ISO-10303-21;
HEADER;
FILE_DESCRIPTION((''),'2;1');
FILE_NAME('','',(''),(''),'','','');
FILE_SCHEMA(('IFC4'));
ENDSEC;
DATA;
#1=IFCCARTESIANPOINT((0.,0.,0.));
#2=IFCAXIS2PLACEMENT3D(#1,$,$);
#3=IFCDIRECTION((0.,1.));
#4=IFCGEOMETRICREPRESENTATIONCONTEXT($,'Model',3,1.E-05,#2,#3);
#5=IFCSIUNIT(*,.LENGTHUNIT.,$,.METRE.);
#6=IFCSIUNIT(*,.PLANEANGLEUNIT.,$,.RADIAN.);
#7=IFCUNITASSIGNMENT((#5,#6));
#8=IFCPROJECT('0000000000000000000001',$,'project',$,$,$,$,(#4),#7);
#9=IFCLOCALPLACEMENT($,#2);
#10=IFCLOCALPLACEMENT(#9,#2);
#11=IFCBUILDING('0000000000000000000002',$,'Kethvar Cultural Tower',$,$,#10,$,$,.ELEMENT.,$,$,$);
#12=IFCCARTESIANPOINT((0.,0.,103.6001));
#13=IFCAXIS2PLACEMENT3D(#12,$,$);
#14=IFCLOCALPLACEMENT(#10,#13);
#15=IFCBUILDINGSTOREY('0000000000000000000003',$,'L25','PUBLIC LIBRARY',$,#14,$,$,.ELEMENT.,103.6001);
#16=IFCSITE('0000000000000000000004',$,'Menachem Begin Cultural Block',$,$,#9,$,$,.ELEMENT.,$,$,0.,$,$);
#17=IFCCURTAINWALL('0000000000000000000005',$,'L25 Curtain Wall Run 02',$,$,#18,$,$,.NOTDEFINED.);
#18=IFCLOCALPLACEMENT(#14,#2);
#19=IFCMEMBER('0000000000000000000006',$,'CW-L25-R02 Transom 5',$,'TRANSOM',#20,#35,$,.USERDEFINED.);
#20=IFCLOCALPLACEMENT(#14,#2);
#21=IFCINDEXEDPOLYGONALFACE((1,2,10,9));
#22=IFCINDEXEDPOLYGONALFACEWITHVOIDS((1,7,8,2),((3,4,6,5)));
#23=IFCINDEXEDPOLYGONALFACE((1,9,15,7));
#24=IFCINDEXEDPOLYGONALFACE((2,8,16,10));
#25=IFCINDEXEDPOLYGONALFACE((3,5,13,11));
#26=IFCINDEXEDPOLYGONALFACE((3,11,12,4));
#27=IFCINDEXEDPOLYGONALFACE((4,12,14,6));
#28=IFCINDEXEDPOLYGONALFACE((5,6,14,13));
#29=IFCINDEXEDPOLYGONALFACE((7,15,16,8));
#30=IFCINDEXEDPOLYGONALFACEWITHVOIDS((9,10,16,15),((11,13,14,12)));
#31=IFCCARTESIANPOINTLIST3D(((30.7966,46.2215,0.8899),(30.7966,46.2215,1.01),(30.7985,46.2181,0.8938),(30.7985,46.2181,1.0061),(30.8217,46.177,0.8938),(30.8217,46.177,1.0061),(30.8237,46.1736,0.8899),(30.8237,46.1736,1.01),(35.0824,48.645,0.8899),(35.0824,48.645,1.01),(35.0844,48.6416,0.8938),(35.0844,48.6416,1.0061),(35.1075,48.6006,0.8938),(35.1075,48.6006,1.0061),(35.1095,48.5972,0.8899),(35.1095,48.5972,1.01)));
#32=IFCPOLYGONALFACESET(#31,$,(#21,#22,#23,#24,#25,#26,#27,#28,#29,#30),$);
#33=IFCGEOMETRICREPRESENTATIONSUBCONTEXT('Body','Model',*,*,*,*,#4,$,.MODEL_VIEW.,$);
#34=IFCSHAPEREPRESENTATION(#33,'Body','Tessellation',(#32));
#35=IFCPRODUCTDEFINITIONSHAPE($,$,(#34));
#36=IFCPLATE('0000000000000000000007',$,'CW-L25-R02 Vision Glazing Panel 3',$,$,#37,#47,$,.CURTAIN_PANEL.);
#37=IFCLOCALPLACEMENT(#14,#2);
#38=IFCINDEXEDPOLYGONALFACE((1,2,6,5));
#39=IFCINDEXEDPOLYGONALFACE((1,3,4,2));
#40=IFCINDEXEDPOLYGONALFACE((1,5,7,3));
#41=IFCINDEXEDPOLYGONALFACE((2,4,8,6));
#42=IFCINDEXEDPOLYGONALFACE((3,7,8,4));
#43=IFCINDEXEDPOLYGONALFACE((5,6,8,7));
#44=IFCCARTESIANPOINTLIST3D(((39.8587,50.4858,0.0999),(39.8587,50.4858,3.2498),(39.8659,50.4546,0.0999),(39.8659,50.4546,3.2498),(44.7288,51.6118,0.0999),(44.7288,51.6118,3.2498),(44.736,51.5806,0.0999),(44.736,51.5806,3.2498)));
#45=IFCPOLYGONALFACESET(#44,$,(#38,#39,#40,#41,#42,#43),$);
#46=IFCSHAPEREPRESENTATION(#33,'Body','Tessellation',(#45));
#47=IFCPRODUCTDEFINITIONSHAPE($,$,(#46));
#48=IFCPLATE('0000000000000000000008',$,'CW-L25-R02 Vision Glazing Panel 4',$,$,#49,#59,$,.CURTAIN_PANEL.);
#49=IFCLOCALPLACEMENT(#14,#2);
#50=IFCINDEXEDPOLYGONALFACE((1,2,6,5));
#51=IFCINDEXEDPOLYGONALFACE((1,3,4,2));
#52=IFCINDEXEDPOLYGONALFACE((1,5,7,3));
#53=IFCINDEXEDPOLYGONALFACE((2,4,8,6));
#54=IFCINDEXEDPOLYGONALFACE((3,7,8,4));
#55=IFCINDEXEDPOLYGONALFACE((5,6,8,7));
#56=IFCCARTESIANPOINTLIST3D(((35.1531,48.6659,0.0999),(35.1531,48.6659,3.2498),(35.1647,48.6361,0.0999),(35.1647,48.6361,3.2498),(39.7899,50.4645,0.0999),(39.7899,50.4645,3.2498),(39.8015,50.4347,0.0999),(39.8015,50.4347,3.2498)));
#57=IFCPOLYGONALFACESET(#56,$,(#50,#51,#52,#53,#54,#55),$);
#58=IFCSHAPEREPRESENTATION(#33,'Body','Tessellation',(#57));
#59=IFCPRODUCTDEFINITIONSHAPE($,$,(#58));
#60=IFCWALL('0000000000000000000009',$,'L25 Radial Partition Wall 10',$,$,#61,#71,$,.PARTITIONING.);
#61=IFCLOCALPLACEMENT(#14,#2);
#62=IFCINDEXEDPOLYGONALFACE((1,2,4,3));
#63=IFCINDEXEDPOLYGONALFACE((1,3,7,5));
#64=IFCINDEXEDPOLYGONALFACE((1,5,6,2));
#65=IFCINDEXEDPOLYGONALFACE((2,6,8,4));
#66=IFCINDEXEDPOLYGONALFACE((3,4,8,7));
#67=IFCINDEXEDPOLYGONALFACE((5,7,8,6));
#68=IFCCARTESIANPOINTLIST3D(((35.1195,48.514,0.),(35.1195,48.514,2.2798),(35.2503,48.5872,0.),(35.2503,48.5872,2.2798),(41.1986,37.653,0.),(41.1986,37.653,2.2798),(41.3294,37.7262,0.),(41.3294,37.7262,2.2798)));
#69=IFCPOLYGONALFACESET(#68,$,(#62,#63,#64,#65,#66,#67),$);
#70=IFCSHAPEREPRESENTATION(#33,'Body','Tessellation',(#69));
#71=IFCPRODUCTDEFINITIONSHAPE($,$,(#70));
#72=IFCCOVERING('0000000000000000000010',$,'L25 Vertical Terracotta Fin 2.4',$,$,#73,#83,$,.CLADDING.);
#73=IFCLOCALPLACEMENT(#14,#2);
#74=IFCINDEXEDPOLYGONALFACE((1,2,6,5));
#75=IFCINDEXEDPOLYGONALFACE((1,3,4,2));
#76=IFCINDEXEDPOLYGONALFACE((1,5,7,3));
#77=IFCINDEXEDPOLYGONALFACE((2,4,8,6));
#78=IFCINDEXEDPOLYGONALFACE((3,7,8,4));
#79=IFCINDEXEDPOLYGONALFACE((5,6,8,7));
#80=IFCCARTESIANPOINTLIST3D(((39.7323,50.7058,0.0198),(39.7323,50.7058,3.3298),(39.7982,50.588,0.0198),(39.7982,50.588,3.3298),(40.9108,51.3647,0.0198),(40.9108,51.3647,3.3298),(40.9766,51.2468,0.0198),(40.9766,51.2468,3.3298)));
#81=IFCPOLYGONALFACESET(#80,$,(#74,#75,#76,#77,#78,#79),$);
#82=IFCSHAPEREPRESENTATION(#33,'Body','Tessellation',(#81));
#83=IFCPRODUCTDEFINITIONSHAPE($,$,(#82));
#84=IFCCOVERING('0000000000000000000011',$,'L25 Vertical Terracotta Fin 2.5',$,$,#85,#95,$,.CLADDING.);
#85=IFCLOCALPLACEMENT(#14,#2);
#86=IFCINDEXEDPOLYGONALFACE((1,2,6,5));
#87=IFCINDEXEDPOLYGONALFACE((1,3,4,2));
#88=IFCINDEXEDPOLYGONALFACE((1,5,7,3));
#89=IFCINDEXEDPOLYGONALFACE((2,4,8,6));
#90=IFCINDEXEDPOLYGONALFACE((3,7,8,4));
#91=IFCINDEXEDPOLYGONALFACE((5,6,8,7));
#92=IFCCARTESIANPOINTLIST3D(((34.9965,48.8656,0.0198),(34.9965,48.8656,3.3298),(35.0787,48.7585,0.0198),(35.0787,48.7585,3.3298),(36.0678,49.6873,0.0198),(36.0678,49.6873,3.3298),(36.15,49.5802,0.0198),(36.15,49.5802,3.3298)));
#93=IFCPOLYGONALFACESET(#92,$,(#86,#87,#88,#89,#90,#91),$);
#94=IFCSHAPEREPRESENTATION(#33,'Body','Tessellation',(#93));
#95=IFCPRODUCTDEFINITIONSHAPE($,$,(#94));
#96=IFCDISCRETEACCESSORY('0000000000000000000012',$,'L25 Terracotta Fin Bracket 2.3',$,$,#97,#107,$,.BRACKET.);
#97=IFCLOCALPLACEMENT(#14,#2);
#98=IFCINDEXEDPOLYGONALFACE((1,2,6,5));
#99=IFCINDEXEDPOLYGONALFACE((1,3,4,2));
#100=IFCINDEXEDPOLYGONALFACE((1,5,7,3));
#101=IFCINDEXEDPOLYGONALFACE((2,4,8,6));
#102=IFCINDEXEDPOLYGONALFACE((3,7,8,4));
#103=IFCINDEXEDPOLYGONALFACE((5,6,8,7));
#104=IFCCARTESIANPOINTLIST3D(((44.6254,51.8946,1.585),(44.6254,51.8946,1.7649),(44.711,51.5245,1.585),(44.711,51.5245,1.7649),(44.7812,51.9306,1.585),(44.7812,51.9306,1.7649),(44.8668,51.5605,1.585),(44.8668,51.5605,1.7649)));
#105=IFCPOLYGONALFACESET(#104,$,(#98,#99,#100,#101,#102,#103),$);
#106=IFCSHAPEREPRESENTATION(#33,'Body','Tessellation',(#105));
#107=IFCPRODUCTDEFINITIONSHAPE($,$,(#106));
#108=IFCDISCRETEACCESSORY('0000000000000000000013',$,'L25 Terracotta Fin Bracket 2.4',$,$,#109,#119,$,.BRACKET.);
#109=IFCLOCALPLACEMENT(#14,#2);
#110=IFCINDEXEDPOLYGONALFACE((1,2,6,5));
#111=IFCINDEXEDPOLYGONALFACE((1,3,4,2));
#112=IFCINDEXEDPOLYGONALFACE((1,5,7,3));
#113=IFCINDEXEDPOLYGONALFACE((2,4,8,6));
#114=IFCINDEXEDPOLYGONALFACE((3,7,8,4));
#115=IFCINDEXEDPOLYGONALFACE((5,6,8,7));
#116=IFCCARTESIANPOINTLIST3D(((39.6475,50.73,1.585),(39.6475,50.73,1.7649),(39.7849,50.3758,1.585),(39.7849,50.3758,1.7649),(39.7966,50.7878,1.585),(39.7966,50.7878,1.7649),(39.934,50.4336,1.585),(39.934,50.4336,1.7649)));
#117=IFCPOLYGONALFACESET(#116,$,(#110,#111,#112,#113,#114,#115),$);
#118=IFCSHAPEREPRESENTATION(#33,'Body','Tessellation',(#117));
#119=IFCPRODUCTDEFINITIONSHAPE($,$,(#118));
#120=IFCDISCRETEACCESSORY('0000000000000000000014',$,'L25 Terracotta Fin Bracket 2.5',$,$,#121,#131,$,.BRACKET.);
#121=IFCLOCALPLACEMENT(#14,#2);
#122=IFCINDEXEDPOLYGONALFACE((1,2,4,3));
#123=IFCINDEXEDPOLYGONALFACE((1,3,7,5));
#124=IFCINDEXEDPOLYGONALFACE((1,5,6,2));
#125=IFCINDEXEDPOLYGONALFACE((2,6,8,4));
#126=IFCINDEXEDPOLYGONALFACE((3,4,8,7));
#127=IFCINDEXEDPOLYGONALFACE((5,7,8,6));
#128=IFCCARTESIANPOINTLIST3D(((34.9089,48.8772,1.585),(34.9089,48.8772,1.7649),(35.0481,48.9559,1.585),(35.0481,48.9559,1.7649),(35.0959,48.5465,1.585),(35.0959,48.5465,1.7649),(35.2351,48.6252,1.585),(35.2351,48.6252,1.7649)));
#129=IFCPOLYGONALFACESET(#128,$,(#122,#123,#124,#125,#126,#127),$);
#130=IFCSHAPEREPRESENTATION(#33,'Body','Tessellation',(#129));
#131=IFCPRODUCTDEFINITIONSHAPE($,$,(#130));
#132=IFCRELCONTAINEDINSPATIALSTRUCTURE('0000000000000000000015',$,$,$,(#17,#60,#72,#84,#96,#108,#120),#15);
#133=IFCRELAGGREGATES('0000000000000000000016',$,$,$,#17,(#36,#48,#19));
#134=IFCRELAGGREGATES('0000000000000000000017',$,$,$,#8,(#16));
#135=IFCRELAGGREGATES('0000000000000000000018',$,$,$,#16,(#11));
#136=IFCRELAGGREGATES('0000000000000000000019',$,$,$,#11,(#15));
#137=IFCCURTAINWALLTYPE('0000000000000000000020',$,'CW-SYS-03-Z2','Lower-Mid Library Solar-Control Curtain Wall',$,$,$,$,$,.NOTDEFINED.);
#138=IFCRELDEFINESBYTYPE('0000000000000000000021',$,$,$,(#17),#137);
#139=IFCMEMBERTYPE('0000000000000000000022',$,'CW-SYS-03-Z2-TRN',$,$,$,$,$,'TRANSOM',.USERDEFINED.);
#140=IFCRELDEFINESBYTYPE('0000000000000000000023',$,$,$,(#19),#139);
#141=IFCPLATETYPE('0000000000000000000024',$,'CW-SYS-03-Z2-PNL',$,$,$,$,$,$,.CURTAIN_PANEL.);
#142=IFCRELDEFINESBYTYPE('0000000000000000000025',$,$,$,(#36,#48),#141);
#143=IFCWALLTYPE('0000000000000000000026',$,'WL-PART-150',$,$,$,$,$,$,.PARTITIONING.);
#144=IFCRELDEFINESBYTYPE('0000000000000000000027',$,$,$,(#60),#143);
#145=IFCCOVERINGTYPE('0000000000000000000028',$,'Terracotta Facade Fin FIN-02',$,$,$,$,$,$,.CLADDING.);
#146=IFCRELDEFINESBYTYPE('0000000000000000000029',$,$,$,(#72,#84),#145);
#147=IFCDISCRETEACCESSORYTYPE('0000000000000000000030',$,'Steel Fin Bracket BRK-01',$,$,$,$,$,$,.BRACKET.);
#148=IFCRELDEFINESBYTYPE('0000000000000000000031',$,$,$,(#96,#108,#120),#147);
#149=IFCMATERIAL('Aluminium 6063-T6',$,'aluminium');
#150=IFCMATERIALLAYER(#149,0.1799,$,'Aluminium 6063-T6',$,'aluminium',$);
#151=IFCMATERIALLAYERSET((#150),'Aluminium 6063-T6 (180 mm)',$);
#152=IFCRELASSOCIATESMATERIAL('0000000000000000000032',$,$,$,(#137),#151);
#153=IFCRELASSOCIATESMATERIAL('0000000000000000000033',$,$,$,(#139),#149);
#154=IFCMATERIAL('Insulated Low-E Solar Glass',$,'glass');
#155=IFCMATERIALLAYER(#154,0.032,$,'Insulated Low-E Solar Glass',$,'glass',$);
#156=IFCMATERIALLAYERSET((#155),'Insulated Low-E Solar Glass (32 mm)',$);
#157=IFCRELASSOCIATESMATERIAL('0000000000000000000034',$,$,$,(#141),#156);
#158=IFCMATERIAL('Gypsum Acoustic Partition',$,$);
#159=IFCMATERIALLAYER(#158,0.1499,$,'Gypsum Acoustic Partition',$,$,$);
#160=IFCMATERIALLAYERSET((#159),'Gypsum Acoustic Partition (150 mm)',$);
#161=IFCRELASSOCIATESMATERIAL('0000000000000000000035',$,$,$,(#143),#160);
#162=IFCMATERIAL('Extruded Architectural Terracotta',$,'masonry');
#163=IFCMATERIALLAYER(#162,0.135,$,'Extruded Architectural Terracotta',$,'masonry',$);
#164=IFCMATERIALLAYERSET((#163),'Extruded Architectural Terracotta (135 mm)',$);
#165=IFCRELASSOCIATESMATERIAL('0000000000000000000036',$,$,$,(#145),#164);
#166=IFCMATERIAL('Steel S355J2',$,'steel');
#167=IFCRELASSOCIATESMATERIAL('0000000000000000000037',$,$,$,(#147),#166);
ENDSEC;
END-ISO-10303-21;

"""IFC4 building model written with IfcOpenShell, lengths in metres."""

from ifc_helpers import new_model, si_unit, direction, frame, frame_2d, origin, origin_2d, place, context, subcontext, project, spatial, rectangle, hollow_rectangle, extrude, source, transform, mapped, material, layer, layer_set, material_profile, profile_set, type_object, element, aggregate, save


model = new_model("IFC4")

# Units and contexts
model_context = context("Model", 3, precision=1e-05, world=origin(), true_north=direction((0.0, 1.0)))
body_context = subcontext(model_context, "Body", "Model", "MODEL_VIEW")
ifc_project = project(units=[si_unit("LENGTHUNIT", "METRE"), si_unit("PLANEANGLEUNIT", "RADIAN")], contexts=[model_context])

# Site, building, storey
site_placement = place(None, origin())
site = spatial("IfcSite", under=ifc_project, at=site_placement, Name="Menachem Begin Cultural Block", CompositionType="ELEMENT", RefElevation=0.0)
building_placement = place(site_placement, origin())
building = spatial("IfcBuilding", under=site, at=building_placement, Name="Kethvar Cultural Tower", CompositionType="ELEMENT")
storey_placement = place(building_placement, frame((0.0, 0.0, 103.6001)))
storey = spatial("IfcBuildingStorey", under=building, at=storey_placement, Name="L25", Description="PUBLIC LIBRARY", CompositionType="ELEMENT", Elevation=103.6001)

# Shared definitions
ifc_material_1 = material(Name="Steel S355J2", Category="steel")

# Curtain wall, member, plates
ifc_material_2 = material(Name="Aluminium 6063-T6", Category="aluminium")
ifc_layer_1 = layer(ifc_material_2, 0.1799, Name="Aluminium 6063-T6", Category="aluminium")
ifc_layer_set_1 = layer_set([ifc_layer_1], Name="Aluminium 6063-T6 (180 mm)")
curtain_wall_type = type_object("IfcCurtainWallType", Name="CW-SYS-03-Z2", Description="Lower-Mid Library Solar-Control Curtain Wall", PredefinedType="NOTDEFINED", material=ifc_layer_set_1)
curtain_wall_placement = place(storey_placement, origin())
curtain_wall = element("IfcCurtainWall", 1, at=curtain_wall_placement, inside=storey, type_object=curtain_wall_type, Name="L25 Curtain Wall Run 02", PredefinedType="NOTDEFINED")
ifc_material_profile_1 = material_profile(ifc_material_2, hollow_rectangle(XDim=0.0549, YDim=0.1201, WallThickness=0.0039, at=origin_2d()), Name="Aluminium 6063-T6 — RHS120x55x4")
ifc_profile_set_1 = profile_set([ifc_material_profile_1], Name="Aluminium 6063-T6 — RHS120x55x4")
member_type_1 = type_object("IfcMemberType", Name="CW-SYS-03-Z2-TRN", ElementType="TRANSOM", PredefinedType="USERDEFINED", material=ifc_profile_set_1)
shared_shape_1 = source(origin(), body_context, "Body", "SweptSolid", [
    extrude(hollow_rectangle(XDim=0.0549, YDim=0.1201, WallThickness=0.0039, at=origin_2d()), origin(), (0.0, 0.0, 1.0), 4.9236),
])
member_1_placement = place(storey_placement, frame((35.0959, 48.6211, 0.95), z_axis=(-0.870465, -0.49223, 0.0), x_axis=(0.49223, -0.870465, 0.0)))
member_1 = element("IfcMember", 2, at=member_1_placement, type_object=member_type_1, Name="CW-L25-R02 Transom 5", ObjectType="TRANSOM", PredefinedType="USERDEFINED", context=body_context, shape_type="MappedRepresentation", body=[
    mapped(shared_shape_1, transform((0.0, 0.0, 0.0), scale=1.0)),
])
ifc_material_3 = material(Name="Insulated Low-E Solar Glass", Category="glass")
ifc_layer_2 = layer(ifc_material_3, 0.032, Name="Insulated Low-E Solar Glass", Category="glass")
ifc_layer_set_2 = layer_set([ifc_layer_2], Name="Insulated Low-E Solar Glass (32 mm)")
plate_type = type_object("IfcPlateType", Name="CW-SYS-03-Z2-PNL", PredefinedType="CURTAIN_PANEL", material=ifc_layer_set_2)
shared_shape_2 = source(origin(), body_context, "Body", "SweptSolid", [
    extrude(rectangle(XDim=4.9985, YDim=0.032, at=origin_2d()), origin(), (0.0, 0.0, 1.0), 3.1499),
])
plate_1_placement = place(storey_placement, frame((42.2974, 51.0332, 0.0999), z_axis=(0.0, 0.0, 1.0), x_axis=(-0.974299, -0.225257, 0.0)))
plate_1 = element("IfcPlate", 3, at=plate_1_placement, type_object=plate_type, Name="CW-L25-R02 Vision Glazing Panel 3", PredefinedType="CURTAIN_PANEL", context=body_context, shape_type="MappedRepresentation", body=[
    mapped(shared_shape_2, transform((0.0, 0.0, 0.0), scale=1.0)),
])
shared_shape_3 = source(origin(), body_context, "Body", "SweptSolid", [
    extrude(rectangle(XDim=4.9734, YDim=0.032, at=origin_2d()), origin(), (0.0, 0.0, 1.0), 3.1499),
])
plate_2_placement = place(storey_placement, frame((37.4773, 49.5503, 0.0999), z_axis=(0.0, 0.0, 1.0), x_axis=(-0.932311, -0.361657, 0.0)))
plate_2 = element("IfcPlate", 4, at=plate_2_placement, type_object=plate_type, Name="CW-L25-R02 Vision Glazing Panel 4", PredefinedType="CURTAIN_PANEL", context=body_context, shape_type="MappedRepresentation", body=[
    mapped(shared_shape_3, transform((0.0, 0.0, 0.0), scale=1.0)),
])
aggregate(curtain_wall, [plate_1, plate_2, member_1])

# Wall
ifc_material_4 = material(Name="Gypsum Acoustic Partition")
ifc_layer_3 = layer(ifc_material_4, 0.1499, Name="Gypsum Acoustic Partition")
ifc_layer_set_3 = layer_set([ifc_layer_3], Name="Gypsum Acoustic Partition (150 mm)")
wall_type = type_object("IfcWallType", Name="WL-PART-150", PredefinedType="PARTITIONING", material=ifc_layer_set_3)
wall_placement = place(storey_placement, frame((41.2639, 37.6897, 0.0), z_axis=(0.0, 0.0, 1.0), x_axis=(-0.488413, 0.872612, 0.0)))
element("IfcWall", 5, at=wall_placement, inside=storey, type_object=wall_type, Name="L25 Radial Partition Wall 10", PredefinedType="PARTITIONING", context=body_context, shape_type="SweptSolid", body=[
    extrude(rectangle(XDim=12.4465, YDim=0.1499, at=frame_2d((6.2231, 0.0))), origin(), (0.0, 0.0, 1.0), 2.2798),
])

# Coverings
ifc_material_5 = material(Name="Extruded Architectural Terracotta", Category="masonry")
ifc_layer_4 = layer(ifc_material_5, 0.135, Name="Extruded Architectural Terracotta", Category="masonry")
ifc_layer_set_4 = layer_set([ifc_layer_4], Name="Extruded Architectural Terracotta (135 mm)")
covering_type = type_object("IfcCoveringType", Name="Terracotta Facade Fin FIN-02", PredefinedType="CLADDING", material=ifc_layer_set_4)
shared_shape_4 = source(origin(), body_context, "Body", "SweptSolid", [
    extrude(rectangle(XDim=1.3501, YDim=0.135, at=origin_2d()), origin(), (0.0, 0.0, 1.0), 3.3101),
])
for number, where, z_axis, x_axis, name in (
    (6, (40.3545, 50.9763, 0.0198), (0.0, 0.0, 1.0), (0.872837, 0.488012, 0.0), "L25 Vertical Terracotta Fin 2.4"),
    (7, (35.5732, 49.2229, 0.0198), (0.0, 0.0, 1.0), (0.79346, 0.608623, 0.0), "L25 Vertical Terracotta Fin 2.5"),
):
    element("IfcCovering", number, at=place(storey_placement, frame(where, z_axis=z_axis, x_axis=x_axis)), inside=storey, type_object=covering_type, Name=name, PredefinedType="CLADDING", context=body_context, shape_type="MappedRepresentation", body=[
        mapped(shared_shape_4, transform((0.0, 0.0, 0.0), scale=1.0)),
    ])

# Discrete accessories
discrete_accessory_type = type_object("IfcDiscreteAccessoryType", Name="Steel Fin Bracket BRK-01", PredefinedType="BRACKET", material=ifc_material_1)
shared_shape_5 = source(origin(), body_context, "Body", "SweptSolid", [
    extrude(rectangle(XDim=0.3799, YDim=0.1599, at=origin_2d()), origin(), (0.0, 0.0, 1.0), 0.1799),
])
for number, where, z_axis, x_axis, name in (
    (8, (44.7461, 51.7275, 1.585), (0.0, 0.0, 1.0), (-0.225291, 0.974291, 0.0), "L25 Terracotta Fin Bracket 2.3"),
    (9, (39.7908, 50.5818, 1.585), (0.0, 0.0, 1.0), (-0.361625, 0.932324, 0.0), "L25 Terracotta Fin Bracket 2.4"),
    (10, (35.072, 48.7512, 1.585), (0.0, 0.0, 1.0), (-0.492272, 0.870442, 0.0), "L25 Terracotta Fin Bracket 2.5"),
):
    element("IfcDiscreteAccessory", number, at=place(storey_placement, frame(where, z_axis=z_axis, x_axis=x_axis)), inside=storey, type_object=discrete_accessory_type, Name=name, PredefinedType="BRACKET", context=body_context, shape_type="MappedRepresentation", body=[
        mapped(shared_shape_5, transform((0.0, 0.0, 0.0), scale=1.0)),
    ])

save(model, "model.ifc")
